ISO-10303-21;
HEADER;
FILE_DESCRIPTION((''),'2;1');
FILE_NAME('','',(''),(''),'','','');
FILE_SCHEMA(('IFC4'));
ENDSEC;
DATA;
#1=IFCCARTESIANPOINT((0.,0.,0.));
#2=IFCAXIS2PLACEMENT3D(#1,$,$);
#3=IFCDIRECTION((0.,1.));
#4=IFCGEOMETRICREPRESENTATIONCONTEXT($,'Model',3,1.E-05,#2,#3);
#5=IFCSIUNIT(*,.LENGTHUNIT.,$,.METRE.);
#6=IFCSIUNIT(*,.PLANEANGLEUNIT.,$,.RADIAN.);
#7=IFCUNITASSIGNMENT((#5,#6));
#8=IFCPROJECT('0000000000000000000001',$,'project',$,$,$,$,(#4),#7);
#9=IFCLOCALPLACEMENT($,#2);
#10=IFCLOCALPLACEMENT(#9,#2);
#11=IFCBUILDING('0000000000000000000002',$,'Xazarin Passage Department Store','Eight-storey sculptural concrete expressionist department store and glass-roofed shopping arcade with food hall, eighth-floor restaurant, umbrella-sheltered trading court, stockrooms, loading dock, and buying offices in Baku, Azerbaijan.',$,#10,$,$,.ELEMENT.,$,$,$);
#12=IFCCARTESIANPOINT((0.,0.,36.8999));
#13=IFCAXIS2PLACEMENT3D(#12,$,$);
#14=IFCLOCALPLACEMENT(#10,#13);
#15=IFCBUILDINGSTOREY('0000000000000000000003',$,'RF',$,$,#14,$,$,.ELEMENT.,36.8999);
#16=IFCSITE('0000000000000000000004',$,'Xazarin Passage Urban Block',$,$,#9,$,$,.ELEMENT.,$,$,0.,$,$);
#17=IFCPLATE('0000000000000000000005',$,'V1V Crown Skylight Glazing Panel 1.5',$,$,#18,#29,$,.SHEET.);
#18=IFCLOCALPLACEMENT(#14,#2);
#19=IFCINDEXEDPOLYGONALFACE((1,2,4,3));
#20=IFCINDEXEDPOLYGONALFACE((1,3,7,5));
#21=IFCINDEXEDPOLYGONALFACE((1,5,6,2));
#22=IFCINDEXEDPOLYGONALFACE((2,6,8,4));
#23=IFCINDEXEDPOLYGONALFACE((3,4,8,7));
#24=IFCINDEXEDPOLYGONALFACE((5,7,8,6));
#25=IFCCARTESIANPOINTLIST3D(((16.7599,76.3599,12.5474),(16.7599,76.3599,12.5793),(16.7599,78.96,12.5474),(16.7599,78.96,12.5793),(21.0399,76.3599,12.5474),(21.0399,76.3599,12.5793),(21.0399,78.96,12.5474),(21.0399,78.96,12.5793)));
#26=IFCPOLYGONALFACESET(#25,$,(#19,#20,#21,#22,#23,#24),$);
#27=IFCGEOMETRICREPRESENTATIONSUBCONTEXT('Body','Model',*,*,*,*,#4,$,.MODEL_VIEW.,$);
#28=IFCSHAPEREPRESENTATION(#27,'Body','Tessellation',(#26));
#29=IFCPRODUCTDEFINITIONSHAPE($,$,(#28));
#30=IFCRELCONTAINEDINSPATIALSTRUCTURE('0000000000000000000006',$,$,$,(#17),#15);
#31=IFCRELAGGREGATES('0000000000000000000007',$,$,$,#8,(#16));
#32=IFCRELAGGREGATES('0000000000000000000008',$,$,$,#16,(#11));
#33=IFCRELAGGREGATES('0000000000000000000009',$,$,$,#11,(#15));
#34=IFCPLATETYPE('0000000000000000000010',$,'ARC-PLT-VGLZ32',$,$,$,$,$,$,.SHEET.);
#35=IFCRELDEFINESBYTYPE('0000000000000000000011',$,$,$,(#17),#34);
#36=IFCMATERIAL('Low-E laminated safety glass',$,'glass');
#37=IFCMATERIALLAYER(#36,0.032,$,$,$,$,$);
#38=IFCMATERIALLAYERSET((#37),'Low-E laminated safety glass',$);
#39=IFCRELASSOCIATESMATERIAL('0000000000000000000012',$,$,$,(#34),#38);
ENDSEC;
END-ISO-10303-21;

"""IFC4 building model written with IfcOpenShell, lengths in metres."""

from ifc_helpers import new_model, si_unit, direction, frame, origin, origin_2d, place, context, subcontext, project, spatial, rectangle, extrude, material, layer, layer_set, type_object, element, save


model = new_model("IFC4")

# Units and contexts
model_context = context("Model", 3, precision=1e-05, world=origin(), true_north=direction((0.0, 1.0)))
body_context = subcontext(model_context, "Body", "Model", "MODEL_VIEW")
ifc_project = project(units=[si_unit("LENGTHUNIT", "METRE"), si_unit("PLANEANGLEUNIT", "RADIAN")], contexts=[model_context])

# Site, building, storey
site_placement = place(None, origin())
site = spatial("IfcSite", under=ifc_project, at=site_placement, Name="Xazarin Passage Urban Block", CompositionType="ELEMENT", RefElevation=0.0)
building_placement = place(site_placement, origin())
building = spatial("IfcBuilding", under=site, at=building_placement, Name="Xazarin Passage Department Store", Description="Eight-storey sculptural concrete expressionist department store and glass-roofed shopping arcade with food hall, eighth-floor restaurant, umbrella-sheltered trading court, stockrooms, loading dock, and buying offices in Baku, Azerbaijan.", CompositionType="ELEMENT")
storey_placement = place(building_placement, frame((0.0, 0.0, 36.8999)))
storey = spatial("IfcBuildingStorey", under=building, at=storey_placement, Name="RF", CompositionType="ELEMENT", Elevation=36.8999)

# Plate
ifc_material_1 = material(Name="Low-E laminated safety glass", Category="glass")
ifc_layer_1 = layer(ifc_material_1, 0.032)
ifc_layer_set_1 = layer_set([ifc_layer_1], Name="Low-E laminated safety glass")
plate_type_1 = type_object("IfcPlateType", Name="ARC-PLT-VGLZ32", PredefinedType="SHEET", material=ifc_layer_set_1)
plate_1_placement = place(storey_placement, frame((18.8999, 77.6599, 12.5474), z_axis=(0.0, 0.0, 1.0), x_axis=(1.0, 0.0, 0.0)))
element("IfcPlate", 1, at=plate_1_placement, inside=storey, type_object=plate_type_1, Name="V1V Crown Skylight Glazing Panel 1.5", PredefinedType="SHEET", context=body_context, shape_type="SweptSolid", body=[
    extrude(rectangle(XDim=4.28, YDim=2.6001, at=origin_2d()), origin(), (0.0, 0.0, 1.0), 0.032),
])

save(model, "model.ifc")
